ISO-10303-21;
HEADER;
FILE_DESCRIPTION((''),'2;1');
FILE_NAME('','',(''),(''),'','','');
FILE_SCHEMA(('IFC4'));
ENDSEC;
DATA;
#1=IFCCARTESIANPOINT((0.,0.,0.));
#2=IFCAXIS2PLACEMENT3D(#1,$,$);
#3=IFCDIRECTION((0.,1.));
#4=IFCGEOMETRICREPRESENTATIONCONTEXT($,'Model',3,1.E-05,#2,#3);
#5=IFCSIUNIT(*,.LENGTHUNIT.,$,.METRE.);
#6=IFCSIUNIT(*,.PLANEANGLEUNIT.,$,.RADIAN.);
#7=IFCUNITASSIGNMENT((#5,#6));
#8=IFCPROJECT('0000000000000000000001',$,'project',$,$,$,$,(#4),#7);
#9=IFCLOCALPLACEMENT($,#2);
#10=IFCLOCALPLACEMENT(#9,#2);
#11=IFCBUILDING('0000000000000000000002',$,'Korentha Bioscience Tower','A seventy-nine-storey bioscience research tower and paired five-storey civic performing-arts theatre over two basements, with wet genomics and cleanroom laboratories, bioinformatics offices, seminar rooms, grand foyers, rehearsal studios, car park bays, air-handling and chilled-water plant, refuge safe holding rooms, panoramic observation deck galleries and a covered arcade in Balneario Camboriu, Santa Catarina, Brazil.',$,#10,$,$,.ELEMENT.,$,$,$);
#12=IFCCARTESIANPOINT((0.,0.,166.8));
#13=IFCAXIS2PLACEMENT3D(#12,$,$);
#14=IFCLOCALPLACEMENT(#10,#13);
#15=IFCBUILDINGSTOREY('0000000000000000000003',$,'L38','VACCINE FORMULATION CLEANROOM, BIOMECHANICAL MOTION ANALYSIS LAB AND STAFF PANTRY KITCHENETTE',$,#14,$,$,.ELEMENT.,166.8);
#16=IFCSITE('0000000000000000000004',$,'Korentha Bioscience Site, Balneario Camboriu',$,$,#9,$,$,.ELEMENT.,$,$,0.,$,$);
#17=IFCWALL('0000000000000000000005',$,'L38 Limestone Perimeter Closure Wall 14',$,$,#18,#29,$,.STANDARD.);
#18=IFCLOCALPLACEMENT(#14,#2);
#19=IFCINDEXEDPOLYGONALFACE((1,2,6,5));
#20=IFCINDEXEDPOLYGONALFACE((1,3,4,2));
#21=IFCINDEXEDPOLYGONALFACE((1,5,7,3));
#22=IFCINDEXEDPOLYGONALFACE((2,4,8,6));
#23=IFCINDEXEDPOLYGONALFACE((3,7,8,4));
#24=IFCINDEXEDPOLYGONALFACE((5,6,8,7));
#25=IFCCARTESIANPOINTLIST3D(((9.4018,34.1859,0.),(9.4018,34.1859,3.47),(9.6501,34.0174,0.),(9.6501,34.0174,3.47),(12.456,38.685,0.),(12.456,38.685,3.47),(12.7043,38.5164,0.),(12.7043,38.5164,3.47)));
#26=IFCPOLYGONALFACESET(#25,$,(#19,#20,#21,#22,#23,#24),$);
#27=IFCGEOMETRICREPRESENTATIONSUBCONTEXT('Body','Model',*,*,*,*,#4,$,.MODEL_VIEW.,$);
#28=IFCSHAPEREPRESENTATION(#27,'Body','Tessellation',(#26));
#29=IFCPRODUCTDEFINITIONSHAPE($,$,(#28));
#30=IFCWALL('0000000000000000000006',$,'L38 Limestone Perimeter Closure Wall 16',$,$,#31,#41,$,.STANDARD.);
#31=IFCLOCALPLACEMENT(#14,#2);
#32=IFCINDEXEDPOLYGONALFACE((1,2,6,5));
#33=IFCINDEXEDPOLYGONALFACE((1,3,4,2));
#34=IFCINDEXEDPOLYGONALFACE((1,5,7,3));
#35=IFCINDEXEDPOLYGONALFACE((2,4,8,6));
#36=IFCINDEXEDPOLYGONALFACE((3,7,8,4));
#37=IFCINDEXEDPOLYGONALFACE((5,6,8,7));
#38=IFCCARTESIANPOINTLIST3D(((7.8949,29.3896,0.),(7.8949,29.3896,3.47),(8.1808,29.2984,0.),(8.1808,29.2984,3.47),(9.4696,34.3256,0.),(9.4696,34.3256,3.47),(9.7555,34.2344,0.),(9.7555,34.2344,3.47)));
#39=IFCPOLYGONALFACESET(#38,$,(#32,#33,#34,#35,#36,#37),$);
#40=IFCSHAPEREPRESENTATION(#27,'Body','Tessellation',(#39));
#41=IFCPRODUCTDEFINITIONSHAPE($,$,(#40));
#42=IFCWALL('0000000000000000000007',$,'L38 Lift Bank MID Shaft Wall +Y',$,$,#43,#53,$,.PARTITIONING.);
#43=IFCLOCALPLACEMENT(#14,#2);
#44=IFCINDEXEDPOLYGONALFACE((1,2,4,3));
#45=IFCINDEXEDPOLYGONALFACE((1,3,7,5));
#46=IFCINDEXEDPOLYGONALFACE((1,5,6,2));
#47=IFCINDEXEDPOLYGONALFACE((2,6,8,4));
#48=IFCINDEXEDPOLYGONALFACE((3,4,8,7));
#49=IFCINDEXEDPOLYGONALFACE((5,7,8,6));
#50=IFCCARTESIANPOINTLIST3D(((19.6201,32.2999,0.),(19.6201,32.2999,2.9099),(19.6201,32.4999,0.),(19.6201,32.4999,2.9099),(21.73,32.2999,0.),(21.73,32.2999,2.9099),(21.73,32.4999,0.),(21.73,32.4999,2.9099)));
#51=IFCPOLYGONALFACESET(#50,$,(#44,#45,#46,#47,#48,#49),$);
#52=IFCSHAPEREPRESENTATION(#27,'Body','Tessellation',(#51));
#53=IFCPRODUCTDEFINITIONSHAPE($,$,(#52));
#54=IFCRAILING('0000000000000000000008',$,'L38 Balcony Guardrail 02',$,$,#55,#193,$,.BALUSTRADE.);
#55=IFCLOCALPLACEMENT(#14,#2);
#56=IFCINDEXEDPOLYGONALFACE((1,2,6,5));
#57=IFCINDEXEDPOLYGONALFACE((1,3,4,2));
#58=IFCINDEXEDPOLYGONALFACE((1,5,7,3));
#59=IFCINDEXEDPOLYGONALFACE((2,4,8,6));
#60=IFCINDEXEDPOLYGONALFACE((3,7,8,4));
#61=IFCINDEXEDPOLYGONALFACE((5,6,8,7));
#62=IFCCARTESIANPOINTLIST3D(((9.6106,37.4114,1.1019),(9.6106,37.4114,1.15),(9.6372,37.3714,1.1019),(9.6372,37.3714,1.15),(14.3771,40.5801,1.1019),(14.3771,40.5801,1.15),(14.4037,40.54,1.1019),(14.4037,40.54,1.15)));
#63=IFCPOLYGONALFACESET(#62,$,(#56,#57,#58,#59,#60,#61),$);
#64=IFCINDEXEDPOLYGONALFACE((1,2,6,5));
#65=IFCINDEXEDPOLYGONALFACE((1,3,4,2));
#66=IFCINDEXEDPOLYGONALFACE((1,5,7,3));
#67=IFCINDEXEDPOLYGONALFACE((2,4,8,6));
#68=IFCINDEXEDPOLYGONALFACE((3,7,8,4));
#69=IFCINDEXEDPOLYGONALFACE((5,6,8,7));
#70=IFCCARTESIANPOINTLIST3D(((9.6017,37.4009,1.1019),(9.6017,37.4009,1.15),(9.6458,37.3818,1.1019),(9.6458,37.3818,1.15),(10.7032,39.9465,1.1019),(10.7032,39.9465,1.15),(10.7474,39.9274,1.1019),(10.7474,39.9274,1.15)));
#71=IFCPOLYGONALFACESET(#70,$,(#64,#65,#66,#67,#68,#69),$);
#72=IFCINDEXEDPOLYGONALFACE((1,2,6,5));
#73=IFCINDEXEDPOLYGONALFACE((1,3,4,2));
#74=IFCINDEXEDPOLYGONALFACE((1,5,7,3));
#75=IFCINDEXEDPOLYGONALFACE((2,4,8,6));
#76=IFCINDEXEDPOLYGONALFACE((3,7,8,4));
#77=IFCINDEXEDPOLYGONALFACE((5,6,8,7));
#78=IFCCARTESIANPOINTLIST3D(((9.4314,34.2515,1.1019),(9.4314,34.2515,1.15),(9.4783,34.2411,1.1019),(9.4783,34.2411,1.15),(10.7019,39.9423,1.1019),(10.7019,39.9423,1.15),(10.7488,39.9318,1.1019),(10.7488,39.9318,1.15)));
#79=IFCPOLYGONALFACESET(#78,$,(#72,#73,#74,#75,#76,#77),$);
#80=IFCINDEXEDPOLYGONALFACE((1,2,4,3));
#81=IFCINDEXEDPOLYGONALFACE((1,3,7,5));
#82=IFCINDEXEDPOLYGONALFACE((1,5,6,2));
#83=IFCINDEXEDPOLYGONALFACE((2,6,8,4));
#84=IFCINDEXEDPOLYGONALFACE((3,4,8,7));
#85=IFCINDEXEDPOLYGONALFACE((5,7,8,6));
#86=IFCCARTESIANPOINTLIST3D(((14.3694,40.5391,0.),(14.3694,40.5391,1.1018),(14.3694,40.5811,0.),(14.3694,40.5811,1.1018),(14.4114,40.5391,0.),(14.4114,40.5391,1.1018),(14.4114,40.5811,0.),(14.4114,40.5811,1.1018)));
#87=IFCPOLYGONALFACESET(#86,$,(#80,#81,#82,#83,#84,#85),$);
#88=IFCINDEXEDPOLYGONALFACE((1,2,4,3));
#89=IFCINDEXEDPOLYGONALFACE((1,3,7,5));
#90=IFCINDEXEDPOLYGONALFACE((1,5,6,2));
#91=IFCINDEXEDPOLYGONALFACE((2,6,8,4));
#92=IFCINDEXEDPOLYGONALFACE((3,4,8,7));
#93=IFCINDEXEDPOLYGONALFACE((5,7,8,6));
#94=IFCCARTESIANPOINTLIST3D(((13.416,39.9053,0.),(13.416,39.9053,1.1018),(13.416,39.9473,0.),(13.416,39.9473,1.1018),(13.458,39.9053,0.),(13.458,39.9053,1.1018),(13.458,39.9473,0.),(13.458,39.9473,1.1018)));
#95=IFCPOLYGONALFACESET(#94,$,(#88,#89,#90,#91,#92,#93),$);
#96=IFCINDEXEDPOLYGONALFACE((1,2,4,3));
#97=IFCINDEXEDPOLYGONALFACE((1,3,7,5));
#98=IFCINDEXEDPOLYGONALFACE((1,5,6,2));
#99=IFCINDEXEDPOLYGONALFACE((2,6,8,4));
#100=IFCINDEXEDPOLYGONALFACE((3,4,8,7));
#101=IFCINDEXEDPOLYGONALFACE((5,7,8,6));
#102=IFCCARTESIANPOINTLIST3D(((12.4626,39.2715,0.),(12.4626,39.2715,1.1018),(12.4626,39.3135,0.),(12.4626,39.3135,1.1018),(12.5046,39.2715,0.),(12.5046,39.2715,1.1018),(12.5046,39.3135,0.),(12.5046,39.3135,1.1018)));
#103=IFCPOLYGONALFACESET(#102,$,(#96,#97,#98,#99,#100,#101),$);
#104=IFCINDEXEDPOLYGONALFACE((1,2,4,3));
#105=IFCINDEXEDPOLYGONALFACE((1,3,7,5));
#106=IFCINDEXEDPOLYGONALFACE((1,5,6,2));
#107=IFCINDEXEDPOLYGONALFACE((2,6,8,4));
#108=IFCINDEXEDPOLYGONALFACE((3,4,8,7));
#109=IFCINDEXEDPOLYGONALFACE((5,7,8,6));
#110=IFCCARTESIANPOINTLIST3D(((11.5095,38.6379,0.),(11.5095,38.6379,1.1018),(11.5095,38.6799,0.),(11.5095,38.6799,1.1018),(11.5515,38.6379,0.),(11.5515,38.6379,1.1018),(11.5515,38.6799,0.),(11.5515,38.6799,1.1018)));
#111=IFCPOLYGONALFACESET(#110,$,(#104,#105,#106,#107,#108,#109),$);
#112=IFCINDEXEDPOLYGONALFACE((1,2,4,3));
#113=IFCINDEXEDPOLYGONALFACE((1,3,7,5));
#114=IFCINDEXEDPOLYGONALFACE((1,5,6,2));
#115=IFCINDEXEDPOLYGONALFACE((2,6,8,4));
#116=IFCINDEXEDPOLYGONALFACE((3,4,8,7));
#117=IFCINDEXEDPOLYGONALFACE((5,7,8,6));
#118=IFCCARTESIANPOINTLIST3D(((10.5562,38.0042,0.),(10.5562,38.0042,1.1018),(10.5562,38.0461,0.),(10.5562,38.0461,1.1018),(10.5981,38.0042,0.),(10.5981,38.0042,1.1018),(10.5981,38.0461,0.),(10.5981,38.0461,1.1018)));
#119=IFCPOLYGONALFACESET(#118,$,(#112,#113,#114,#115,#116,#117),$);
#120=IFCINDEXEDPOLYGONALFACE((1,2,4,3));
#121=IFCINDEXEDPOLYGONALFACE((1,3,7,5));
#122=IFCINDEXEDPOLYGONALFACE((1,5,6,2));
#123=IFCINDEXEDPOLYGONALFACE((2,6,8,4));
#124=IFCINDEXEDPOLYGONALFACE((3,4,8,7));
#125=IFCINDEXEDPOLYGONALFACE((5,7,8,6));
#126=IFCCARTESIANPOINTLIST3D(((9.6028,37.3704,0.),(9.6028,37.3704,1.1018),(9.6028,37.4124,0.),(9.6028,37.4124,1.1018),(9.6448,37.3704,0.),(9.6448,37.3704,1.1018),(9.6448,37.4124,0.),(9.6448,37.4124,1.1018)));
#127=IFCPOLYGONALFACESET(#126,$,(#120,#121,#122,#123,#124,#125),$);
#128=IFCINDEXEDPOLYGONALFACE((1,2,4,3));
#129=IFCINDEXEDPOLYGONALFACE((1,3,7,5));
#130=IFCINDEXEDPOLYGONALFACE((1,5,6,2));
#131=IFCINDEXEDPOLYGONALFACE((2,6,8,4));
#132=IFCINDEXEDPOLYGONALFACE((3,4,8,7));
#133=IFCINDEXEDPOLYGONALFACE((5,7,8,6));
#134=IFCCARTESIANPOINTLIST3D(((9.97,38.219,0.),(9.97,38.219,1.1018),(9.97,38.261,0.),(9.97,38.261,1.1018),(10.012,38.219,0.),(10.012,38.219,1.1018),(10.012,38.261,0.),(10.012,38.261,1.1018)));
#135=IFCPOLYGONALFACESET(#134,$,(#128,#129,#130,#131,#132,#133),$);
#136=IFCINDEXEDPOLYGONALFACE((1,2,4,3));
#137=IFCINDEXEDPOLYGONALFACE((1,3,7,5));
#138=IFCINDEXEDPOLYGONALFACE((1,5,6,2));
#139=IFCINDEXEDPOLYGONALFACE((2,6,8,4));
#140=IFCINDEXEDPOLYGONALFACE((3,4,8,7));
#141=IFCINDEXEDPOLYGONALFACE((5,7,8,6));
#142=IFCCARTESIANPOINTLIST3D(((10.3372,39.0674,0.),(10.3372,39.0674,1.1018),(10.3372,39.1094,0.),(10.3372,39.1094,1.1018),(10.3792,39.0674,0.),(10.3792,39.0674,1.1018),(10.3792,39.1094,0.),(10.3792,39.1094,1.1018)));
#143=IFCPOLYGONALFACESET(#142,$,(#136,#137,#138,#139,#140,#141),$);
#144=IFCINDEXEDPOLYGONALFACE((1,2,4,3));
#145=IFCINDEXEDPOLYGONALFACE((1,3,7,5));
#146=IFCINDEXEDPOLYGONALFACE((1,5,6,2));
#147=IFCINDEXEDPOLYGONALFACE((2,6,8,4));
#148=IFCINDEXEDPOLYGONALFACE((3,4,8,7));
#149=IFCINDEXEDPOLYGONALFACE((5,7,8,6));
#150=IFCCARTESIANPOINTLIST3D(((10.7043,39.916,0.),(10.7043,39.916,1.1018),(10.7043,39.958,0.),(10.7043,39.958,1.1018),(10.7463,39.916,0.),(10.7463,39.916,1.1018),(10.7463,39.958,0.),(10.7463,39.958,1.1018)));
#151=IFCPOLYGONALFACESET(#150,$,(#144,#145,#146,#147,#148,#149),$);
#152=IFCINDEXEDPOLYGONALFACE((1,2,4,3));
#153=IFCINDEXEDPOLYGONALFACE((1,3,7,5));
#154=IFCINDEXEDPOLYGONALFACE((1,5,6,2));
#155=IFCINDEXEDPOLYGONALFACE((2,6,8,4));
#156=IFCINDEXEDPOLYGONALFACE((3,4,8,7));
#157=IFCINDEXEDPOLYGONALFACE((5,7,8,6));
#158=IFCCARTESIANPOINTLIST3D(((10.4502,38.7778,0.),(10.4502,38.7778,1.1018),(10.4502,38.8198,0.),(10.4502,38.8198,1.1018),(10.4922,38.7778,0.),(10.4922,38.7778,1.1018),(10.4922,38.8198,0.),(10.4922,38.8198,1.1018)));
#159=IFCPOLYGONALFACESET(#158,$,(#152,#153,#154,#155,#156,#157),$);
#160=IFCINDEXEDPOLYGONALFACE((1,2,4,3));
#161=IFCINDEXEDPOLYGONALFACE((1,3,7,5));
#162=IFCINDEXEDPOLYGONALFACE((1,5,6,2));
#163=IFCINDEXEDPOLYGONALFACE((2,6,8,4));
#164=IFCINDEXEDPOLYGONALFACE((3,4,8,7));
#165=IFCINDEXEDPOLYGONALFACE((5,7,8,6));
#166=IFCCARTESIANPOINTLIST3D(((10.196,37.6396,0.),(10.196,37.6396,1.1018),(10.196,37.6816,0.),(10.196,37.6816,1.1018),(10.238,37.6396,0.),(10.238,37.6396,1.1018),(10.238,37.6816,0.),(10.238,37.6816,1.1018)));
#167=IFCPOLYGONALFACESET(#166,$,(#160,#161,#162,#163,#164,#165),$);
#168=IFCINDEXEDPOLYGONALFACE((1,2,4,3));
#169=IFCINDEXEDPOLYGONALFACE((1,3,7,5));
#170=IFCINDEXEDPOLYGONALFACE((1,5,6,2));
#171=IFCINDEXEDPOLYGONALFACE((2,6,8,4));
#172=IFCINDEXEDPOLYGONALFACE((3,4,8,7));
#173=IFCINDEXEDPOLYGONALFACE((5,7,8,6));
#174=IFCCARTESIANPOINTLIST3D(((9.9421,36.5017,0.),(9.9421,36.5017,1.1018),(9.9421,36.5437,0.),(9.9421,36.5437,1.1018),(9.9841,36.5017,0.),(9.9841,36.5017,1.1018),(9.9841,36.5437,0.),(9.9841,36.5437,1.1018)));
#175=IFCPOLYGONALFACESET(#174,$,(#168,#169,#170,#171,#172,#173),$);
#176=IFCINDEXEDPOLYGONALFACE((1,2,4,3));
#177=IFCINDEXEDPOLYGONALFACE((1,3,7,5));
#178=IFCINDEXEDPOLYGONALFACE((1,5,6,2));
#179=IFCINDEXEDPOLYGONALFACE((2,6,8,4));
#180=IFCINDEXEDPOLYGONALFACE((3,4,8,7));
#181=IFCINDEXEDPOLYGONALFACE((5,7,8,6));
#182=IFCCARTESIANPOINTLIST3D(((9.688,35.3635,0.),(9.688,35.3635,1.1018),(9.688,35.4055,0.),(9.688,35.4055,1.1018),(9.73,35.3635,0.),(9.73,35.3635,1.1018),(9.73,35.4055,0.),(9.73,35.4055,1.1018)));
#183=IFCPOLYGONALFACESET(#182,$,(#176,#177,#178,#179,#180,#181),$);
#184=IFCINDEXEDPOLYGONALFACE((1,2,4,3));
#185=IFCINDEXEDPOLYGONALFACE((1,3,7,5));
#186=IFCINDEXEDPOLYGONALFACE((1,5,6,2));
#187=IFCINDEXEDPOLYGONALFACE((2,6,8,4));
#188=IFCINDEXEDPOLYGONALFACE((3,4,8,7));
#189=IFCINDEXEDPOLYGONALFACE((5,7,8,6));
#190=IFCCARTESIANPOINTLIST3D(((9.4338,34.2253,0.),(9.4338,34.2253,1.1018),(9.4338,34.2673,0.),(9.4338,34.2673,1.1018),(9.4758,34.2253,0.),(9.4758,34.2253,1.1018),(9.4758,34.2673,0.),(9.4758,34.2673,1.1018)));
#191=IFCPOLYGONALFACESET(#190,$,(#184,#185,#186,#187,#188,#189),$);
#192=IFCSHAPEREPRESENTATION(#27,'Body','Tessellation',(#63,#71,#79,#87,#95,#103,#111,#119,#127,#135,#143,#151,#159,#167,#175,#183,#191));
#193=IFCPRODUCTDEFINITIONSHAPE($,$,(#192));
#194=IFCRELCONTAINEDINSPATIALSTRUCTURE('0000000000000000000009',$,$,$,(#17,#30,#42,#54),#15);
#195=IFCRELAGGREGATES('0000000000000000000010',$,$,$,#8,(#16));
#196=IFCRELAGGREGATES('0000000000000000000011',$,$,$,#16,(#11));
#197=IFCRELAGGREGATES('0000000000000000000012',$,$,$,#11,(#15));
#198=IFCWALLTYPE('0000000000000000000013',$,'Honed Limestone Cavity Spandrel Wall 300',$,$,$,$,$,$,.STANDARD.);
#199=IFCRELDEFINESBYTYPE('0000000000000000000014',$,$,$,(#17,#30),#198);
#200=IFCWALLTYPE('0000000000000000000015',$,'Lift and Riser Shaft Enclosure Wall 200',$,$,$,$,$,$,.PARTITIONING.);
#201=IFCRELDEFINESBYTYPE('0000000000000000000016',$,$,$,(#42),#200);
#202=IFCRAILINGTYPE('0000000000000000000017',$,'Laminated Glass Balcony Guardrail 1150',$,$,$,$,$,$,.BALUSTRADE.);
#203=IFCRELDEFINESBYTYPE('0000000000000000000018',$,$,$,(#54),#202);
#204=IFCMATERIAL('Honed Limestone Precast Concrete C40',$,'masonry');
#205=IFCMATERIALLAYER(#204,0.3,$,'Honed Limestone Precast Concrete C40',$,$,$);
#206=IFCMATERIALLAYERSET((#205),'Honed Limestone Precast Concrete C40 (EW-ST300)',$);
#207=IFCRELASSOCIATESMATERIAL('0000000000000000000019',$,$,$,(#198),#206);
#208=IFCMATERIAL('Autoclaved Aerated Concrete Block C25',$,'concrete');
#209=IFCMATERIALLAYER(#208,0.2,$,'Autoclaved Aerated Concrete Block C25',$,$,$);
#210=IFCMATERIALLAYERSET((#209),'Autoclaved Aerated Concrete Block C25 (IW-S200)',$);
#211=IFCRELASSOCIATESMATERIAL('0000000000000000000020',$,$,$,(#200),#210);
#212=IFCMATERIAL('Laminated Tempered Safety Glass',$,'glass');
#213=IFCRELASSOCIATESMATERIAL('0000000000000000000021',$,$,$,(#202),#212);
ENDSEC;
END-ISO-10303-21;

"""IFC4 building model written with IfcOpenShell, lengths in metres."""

from ifc_helpers import new_model, si_unit, direction, frame, frame_2d, origin, origin_2d, place, context, subcontext, project, spatial, rectangle, extrude, material, layer, layer_set, type_object, element, save


model = new_model("IFC4")

# Units and contexts
model_context = context("Model", 3, precision=1e-05, world=origin(), true_north=direction((0.0, 1.0)))
body_context = subcontext(model_context, "Body", "Model", "MODEL_VIEW")
ifc_project = project(units=[si_unit("LENGTHUNIT", "METRE"), si_unit("PLANEANGLEUNIT", "RADIAN")], contexts=[model_context])

# Site, building, storey
site_placement = place(None, origin())
site = spatial("IfcSite", under=ifc_project, at=site_placement, Name="Korentha Bioscience Site, Balneario Camboriu", CompositionType="ELEMENT", RefElevation=0.0)
building_placement = place(site_placement, origin())
building = spatial("IfcBuilding", under=site, at=building_placement, Name="Korentha Bioscience Tower", Description="A seventy-nine-storey bioscience research tower and paired five-storey civic performing-arts theatre over two basements, with wet genomics and cleanroom laboratories, bioinformatics offices, seminar rooms, grand foyers, rehearsal studios, car park bays, air-handling and chilled-water plant, refuge safe holding rooms, panoramic observation deck galleries and a covered arcade in Balneario Camboriu, Santa Catarina, Brazil.", CompositionType="ELEMENT")
storey_placement = place(building_placement, frame((0.0, 0.0, 166.8)))
storey = spatial("IfcBuildingStorey", under=building, at=storey_placement, Name="L38", Description="VACCINE FORMULATION CLEANROOM, BIOMECHANICAL MOTION ANALYSIS LAB AND STAFF PANTRY KITCHENETTE", CompositionType="ELEMENT", Elevation=166.8)

# Shared definitions
ifc_material_1 = material(Name="Honed Limestone Precast Concrete C40", Category="masonry")
ifc_layer_1 = layer(ifc_material_1, 0.3, Name="Honed Limestone Precast Concrete C40")
ifc_layer_set_1 = layer_set([ifc_layer_1], Name="Honed Limestone Precast Concrete C40 (EW-ST300)")
wall_type_1 = type_object("IfcWallType", Name="Honed Limestone Cavity Spandrel Wall 300", PredefinedType="STANDARD", material=ifc_layer_set_1)

# Walls
wall_1_placement = place(storey_placement, frame((12.5801, 38.6006, 0.0), z_axis=(0.0, 0.0, 1.0), x_axis=(-0.561664, -0.827365, 0.0)))
element("IfcWall", 1, at=wall_1_placement, inside=storey, type_object=wall_type_1, Name="L38 Limestone Perimeter Closure Wall 14", PredefinedType="STANDARD", context=body_context, shape_type="SweptSolid", body=[
    extrude(rectangle(XDim=5.4377, YDim=0.3, at=frame_2d((2.7188, 0.0))), origin(), (0.0, 0.0, 1.0), 3.47),
])
wall_2_placement = place(storey_placement, frame((9.6125, 34.28, 0.0), z_axis=(0.0, 0.0, 1.0), x_axis=(-0.303931, -0.952694, 0.0)))
element("IfcWall", 2, at=wall_2_placement, inside=storey, type_object=wall_type_1, Name="L38 Limestone Perimeter Closure Wall 16", PredefinedType="STANDARD", context=body_context, shape_type="SweptSolid", body=[
    extrude(rectangle(XDim=5.1812, YDim=0.3, at=frame_2d((2.5906, 0.0))), origin(), (0.0, 0.0, 1.0), 3.47),
])
ifc_material_2 = material(Name="Autoclaved Aerated Concrete Block C25", Category="concrete")
ifc_layer_2 = layer(ifc_material_2, 0.2, Name="Autoclaved Aerated Concrete Block C25")
ifc_layer_set_2 = layer_set([ifc_layer_2], Name="Autoclaved Aerated Concrete Block C25 (IW-S200)")
wall_type_2 = type_object("IfcWallType", Name="Lift and Riser Shaft Enclosure Wall 200", PredefinedType="PARTITIONING", material=ifc_layer_set_2)
wall_3_placement = place(storey_placement, frame((19.6201, 32.3999, 0.0), z_axis=(0.0, 0.0, 1.0), x_axis=(1.0, 0.0, 0.0)))
element("IfcWall", 3, at=wall_3_placement, inside=storey, type_object=wall_type_2, Name="L38 Lift Bank MID Shaft Wall +Y", PredefinedType="PARTITIONING", context=body_context, shape_type="SweptSolid", body=[
    extrude(rectangle(XDim=2.1099, YDim=0.2, at=frame_2d((1.0549, 0.0))), origin(), (0.0, 0.0, 1.0), 2.9099),
])

# Railing
ifc_material_3 = material(Name="Laminated Tempered Safety Glass", Category="glass")
railing_type = type_object("IfcRailingType", Name="Laminated Glass Balcony Guardrail 1150", PredefinedType="BALUSTRADE", material=ifc_material_3)
railing_placement = place(storey_placement, frame((14.3904, 40.5601, 0.0)))
element("IfcRailing", 4, at=railing_placement, inside=storey, type_object=railing_type, Name="L38 Balcony Guardrail 02", PredefinedType="BALUSTRADE", context=body_context, shape_type="SweptSolid", body=[
    extrude(rectangle(XDim=0.0481, YDim=0.0481, at=origin_2d()), frame((0.0, 0.0, 1.126), z_axis=(-0.832778, -0.553607, 0.0), x_axis=(0.553607, -0.832778, 0.0)), (0.0, 0.0, 1.0), 5.7236),
    extrude(rectangle(XDim=0.0481, YDim=0.0481, at=origin_2d()), frame((-4.7666, -3.1687, 1.126), z_axis=(0.397136, 0.91776, 0.0), x_axis=(-0.91776, 0.397136, 0.0)), (0.0, 0.0, 1.0), 2.7737),
    extrude(rectangle(XDim=0.0481, YDim=0.0481, at=origin_2d()), frame((-3.665, -0.623, 1.126), z_axis=(-0.217897, -0.975972, 0.0), x_axis=(0.975972, -0.217897, 0.0)), (0.0, 0.0, 1.0), 5.8308),
    extrude(rectangle(XDim=0.042, YDim=0.042, at=origin_2d()), origin(), (0.0, 0.0, 1.0), 1.1018),
    extrude(rectangle(XDim=0.042, YDim=0.042, at=origin_2d()), frame((-0.9534, -0.6338, 0.0)), (0.0, 0.0, 1.0), 1.1018),
    extrude(rectangle(XDim=0.042, YDim=0.042, at=origin_2d()), frame((-1.9067, -1.2676, 0.0)), (0.0, 0.0, 1.0), 1.1018),
    extrude(rectangle(XDim=0.042, YDim=0.042, at=origin_2d()), frame((-2.8599, -1.9011, 0.0)), (0.0, 0.0, 1.0), 1.1018),
    extrude(rectangle(XDim=0.042, YDim=0.042, at=origin_2d()), frame((-3.8132, -2.5349, 0.0)), (0.0, 0.0, 1.0), 1.1018),
    extrude(rectangle(XDim=0.042, YDim=0.042, at=origin_2d()), frame((-4.7666, -3.1687, 0.0)), (0.0, 0.0, 1.0), 1.1018),
    extrude(rectangle(XDim=0.042, YDim=0.042, at=origin_2d()), frame((-4.3994, -2.3201, 0.0)), (0.0, 0.0, 1.0), 1.1018),
    extrude(rectangle(XDim=0.042, YDim=0.042, at=origin_2d()), frame((-4.0322, -1.4717, 0.0)), (0.0, 0.0, 1.0), 1.1018),
    extrude(rectangle(XDim=0.042, YDim=0.042, at=origin_2d()), frame((-3.665, -0.623, 0.0)), (0.0, 0.0, 1.0), 1.1018),
    extrude(rectangle(XDim=0.042, YDim=0.042, at=origin_2d()), frame((-3.9192, -1.7612, 0.0)), (0.0, 0.0, 1.0), 1.1018),
    extrude(rectangle(XDim=0.042, YDim=0.042, at=origin_2d()), frame((-4.1733, -2.8994, 0.0)), (0.0, 0.0, 1.0), 1.1018),
    extrude(rectangle(XDim=0.042, YDim=0.042, at=origin_2d()), frame((-4.4272, -4.0374, 0.0)), (0.0, 0.0, 1.0), 1.1018),
    extrude(rectangle(XDim=0.042, YDim=0.042, at=origin_2d()), frame((-4.6814, -5.1755, 0.0)), (0.0, 0.0, 1.0), 1.1018),
    extrude(rectangle(XDim=0.042, YDim=0.042, at=origin_2d()), frame((-4.9355, -6.3137, 0.0)), (0.0, 0.0, 1.0), 1.1018),
])

save(model, "model.ifc")
